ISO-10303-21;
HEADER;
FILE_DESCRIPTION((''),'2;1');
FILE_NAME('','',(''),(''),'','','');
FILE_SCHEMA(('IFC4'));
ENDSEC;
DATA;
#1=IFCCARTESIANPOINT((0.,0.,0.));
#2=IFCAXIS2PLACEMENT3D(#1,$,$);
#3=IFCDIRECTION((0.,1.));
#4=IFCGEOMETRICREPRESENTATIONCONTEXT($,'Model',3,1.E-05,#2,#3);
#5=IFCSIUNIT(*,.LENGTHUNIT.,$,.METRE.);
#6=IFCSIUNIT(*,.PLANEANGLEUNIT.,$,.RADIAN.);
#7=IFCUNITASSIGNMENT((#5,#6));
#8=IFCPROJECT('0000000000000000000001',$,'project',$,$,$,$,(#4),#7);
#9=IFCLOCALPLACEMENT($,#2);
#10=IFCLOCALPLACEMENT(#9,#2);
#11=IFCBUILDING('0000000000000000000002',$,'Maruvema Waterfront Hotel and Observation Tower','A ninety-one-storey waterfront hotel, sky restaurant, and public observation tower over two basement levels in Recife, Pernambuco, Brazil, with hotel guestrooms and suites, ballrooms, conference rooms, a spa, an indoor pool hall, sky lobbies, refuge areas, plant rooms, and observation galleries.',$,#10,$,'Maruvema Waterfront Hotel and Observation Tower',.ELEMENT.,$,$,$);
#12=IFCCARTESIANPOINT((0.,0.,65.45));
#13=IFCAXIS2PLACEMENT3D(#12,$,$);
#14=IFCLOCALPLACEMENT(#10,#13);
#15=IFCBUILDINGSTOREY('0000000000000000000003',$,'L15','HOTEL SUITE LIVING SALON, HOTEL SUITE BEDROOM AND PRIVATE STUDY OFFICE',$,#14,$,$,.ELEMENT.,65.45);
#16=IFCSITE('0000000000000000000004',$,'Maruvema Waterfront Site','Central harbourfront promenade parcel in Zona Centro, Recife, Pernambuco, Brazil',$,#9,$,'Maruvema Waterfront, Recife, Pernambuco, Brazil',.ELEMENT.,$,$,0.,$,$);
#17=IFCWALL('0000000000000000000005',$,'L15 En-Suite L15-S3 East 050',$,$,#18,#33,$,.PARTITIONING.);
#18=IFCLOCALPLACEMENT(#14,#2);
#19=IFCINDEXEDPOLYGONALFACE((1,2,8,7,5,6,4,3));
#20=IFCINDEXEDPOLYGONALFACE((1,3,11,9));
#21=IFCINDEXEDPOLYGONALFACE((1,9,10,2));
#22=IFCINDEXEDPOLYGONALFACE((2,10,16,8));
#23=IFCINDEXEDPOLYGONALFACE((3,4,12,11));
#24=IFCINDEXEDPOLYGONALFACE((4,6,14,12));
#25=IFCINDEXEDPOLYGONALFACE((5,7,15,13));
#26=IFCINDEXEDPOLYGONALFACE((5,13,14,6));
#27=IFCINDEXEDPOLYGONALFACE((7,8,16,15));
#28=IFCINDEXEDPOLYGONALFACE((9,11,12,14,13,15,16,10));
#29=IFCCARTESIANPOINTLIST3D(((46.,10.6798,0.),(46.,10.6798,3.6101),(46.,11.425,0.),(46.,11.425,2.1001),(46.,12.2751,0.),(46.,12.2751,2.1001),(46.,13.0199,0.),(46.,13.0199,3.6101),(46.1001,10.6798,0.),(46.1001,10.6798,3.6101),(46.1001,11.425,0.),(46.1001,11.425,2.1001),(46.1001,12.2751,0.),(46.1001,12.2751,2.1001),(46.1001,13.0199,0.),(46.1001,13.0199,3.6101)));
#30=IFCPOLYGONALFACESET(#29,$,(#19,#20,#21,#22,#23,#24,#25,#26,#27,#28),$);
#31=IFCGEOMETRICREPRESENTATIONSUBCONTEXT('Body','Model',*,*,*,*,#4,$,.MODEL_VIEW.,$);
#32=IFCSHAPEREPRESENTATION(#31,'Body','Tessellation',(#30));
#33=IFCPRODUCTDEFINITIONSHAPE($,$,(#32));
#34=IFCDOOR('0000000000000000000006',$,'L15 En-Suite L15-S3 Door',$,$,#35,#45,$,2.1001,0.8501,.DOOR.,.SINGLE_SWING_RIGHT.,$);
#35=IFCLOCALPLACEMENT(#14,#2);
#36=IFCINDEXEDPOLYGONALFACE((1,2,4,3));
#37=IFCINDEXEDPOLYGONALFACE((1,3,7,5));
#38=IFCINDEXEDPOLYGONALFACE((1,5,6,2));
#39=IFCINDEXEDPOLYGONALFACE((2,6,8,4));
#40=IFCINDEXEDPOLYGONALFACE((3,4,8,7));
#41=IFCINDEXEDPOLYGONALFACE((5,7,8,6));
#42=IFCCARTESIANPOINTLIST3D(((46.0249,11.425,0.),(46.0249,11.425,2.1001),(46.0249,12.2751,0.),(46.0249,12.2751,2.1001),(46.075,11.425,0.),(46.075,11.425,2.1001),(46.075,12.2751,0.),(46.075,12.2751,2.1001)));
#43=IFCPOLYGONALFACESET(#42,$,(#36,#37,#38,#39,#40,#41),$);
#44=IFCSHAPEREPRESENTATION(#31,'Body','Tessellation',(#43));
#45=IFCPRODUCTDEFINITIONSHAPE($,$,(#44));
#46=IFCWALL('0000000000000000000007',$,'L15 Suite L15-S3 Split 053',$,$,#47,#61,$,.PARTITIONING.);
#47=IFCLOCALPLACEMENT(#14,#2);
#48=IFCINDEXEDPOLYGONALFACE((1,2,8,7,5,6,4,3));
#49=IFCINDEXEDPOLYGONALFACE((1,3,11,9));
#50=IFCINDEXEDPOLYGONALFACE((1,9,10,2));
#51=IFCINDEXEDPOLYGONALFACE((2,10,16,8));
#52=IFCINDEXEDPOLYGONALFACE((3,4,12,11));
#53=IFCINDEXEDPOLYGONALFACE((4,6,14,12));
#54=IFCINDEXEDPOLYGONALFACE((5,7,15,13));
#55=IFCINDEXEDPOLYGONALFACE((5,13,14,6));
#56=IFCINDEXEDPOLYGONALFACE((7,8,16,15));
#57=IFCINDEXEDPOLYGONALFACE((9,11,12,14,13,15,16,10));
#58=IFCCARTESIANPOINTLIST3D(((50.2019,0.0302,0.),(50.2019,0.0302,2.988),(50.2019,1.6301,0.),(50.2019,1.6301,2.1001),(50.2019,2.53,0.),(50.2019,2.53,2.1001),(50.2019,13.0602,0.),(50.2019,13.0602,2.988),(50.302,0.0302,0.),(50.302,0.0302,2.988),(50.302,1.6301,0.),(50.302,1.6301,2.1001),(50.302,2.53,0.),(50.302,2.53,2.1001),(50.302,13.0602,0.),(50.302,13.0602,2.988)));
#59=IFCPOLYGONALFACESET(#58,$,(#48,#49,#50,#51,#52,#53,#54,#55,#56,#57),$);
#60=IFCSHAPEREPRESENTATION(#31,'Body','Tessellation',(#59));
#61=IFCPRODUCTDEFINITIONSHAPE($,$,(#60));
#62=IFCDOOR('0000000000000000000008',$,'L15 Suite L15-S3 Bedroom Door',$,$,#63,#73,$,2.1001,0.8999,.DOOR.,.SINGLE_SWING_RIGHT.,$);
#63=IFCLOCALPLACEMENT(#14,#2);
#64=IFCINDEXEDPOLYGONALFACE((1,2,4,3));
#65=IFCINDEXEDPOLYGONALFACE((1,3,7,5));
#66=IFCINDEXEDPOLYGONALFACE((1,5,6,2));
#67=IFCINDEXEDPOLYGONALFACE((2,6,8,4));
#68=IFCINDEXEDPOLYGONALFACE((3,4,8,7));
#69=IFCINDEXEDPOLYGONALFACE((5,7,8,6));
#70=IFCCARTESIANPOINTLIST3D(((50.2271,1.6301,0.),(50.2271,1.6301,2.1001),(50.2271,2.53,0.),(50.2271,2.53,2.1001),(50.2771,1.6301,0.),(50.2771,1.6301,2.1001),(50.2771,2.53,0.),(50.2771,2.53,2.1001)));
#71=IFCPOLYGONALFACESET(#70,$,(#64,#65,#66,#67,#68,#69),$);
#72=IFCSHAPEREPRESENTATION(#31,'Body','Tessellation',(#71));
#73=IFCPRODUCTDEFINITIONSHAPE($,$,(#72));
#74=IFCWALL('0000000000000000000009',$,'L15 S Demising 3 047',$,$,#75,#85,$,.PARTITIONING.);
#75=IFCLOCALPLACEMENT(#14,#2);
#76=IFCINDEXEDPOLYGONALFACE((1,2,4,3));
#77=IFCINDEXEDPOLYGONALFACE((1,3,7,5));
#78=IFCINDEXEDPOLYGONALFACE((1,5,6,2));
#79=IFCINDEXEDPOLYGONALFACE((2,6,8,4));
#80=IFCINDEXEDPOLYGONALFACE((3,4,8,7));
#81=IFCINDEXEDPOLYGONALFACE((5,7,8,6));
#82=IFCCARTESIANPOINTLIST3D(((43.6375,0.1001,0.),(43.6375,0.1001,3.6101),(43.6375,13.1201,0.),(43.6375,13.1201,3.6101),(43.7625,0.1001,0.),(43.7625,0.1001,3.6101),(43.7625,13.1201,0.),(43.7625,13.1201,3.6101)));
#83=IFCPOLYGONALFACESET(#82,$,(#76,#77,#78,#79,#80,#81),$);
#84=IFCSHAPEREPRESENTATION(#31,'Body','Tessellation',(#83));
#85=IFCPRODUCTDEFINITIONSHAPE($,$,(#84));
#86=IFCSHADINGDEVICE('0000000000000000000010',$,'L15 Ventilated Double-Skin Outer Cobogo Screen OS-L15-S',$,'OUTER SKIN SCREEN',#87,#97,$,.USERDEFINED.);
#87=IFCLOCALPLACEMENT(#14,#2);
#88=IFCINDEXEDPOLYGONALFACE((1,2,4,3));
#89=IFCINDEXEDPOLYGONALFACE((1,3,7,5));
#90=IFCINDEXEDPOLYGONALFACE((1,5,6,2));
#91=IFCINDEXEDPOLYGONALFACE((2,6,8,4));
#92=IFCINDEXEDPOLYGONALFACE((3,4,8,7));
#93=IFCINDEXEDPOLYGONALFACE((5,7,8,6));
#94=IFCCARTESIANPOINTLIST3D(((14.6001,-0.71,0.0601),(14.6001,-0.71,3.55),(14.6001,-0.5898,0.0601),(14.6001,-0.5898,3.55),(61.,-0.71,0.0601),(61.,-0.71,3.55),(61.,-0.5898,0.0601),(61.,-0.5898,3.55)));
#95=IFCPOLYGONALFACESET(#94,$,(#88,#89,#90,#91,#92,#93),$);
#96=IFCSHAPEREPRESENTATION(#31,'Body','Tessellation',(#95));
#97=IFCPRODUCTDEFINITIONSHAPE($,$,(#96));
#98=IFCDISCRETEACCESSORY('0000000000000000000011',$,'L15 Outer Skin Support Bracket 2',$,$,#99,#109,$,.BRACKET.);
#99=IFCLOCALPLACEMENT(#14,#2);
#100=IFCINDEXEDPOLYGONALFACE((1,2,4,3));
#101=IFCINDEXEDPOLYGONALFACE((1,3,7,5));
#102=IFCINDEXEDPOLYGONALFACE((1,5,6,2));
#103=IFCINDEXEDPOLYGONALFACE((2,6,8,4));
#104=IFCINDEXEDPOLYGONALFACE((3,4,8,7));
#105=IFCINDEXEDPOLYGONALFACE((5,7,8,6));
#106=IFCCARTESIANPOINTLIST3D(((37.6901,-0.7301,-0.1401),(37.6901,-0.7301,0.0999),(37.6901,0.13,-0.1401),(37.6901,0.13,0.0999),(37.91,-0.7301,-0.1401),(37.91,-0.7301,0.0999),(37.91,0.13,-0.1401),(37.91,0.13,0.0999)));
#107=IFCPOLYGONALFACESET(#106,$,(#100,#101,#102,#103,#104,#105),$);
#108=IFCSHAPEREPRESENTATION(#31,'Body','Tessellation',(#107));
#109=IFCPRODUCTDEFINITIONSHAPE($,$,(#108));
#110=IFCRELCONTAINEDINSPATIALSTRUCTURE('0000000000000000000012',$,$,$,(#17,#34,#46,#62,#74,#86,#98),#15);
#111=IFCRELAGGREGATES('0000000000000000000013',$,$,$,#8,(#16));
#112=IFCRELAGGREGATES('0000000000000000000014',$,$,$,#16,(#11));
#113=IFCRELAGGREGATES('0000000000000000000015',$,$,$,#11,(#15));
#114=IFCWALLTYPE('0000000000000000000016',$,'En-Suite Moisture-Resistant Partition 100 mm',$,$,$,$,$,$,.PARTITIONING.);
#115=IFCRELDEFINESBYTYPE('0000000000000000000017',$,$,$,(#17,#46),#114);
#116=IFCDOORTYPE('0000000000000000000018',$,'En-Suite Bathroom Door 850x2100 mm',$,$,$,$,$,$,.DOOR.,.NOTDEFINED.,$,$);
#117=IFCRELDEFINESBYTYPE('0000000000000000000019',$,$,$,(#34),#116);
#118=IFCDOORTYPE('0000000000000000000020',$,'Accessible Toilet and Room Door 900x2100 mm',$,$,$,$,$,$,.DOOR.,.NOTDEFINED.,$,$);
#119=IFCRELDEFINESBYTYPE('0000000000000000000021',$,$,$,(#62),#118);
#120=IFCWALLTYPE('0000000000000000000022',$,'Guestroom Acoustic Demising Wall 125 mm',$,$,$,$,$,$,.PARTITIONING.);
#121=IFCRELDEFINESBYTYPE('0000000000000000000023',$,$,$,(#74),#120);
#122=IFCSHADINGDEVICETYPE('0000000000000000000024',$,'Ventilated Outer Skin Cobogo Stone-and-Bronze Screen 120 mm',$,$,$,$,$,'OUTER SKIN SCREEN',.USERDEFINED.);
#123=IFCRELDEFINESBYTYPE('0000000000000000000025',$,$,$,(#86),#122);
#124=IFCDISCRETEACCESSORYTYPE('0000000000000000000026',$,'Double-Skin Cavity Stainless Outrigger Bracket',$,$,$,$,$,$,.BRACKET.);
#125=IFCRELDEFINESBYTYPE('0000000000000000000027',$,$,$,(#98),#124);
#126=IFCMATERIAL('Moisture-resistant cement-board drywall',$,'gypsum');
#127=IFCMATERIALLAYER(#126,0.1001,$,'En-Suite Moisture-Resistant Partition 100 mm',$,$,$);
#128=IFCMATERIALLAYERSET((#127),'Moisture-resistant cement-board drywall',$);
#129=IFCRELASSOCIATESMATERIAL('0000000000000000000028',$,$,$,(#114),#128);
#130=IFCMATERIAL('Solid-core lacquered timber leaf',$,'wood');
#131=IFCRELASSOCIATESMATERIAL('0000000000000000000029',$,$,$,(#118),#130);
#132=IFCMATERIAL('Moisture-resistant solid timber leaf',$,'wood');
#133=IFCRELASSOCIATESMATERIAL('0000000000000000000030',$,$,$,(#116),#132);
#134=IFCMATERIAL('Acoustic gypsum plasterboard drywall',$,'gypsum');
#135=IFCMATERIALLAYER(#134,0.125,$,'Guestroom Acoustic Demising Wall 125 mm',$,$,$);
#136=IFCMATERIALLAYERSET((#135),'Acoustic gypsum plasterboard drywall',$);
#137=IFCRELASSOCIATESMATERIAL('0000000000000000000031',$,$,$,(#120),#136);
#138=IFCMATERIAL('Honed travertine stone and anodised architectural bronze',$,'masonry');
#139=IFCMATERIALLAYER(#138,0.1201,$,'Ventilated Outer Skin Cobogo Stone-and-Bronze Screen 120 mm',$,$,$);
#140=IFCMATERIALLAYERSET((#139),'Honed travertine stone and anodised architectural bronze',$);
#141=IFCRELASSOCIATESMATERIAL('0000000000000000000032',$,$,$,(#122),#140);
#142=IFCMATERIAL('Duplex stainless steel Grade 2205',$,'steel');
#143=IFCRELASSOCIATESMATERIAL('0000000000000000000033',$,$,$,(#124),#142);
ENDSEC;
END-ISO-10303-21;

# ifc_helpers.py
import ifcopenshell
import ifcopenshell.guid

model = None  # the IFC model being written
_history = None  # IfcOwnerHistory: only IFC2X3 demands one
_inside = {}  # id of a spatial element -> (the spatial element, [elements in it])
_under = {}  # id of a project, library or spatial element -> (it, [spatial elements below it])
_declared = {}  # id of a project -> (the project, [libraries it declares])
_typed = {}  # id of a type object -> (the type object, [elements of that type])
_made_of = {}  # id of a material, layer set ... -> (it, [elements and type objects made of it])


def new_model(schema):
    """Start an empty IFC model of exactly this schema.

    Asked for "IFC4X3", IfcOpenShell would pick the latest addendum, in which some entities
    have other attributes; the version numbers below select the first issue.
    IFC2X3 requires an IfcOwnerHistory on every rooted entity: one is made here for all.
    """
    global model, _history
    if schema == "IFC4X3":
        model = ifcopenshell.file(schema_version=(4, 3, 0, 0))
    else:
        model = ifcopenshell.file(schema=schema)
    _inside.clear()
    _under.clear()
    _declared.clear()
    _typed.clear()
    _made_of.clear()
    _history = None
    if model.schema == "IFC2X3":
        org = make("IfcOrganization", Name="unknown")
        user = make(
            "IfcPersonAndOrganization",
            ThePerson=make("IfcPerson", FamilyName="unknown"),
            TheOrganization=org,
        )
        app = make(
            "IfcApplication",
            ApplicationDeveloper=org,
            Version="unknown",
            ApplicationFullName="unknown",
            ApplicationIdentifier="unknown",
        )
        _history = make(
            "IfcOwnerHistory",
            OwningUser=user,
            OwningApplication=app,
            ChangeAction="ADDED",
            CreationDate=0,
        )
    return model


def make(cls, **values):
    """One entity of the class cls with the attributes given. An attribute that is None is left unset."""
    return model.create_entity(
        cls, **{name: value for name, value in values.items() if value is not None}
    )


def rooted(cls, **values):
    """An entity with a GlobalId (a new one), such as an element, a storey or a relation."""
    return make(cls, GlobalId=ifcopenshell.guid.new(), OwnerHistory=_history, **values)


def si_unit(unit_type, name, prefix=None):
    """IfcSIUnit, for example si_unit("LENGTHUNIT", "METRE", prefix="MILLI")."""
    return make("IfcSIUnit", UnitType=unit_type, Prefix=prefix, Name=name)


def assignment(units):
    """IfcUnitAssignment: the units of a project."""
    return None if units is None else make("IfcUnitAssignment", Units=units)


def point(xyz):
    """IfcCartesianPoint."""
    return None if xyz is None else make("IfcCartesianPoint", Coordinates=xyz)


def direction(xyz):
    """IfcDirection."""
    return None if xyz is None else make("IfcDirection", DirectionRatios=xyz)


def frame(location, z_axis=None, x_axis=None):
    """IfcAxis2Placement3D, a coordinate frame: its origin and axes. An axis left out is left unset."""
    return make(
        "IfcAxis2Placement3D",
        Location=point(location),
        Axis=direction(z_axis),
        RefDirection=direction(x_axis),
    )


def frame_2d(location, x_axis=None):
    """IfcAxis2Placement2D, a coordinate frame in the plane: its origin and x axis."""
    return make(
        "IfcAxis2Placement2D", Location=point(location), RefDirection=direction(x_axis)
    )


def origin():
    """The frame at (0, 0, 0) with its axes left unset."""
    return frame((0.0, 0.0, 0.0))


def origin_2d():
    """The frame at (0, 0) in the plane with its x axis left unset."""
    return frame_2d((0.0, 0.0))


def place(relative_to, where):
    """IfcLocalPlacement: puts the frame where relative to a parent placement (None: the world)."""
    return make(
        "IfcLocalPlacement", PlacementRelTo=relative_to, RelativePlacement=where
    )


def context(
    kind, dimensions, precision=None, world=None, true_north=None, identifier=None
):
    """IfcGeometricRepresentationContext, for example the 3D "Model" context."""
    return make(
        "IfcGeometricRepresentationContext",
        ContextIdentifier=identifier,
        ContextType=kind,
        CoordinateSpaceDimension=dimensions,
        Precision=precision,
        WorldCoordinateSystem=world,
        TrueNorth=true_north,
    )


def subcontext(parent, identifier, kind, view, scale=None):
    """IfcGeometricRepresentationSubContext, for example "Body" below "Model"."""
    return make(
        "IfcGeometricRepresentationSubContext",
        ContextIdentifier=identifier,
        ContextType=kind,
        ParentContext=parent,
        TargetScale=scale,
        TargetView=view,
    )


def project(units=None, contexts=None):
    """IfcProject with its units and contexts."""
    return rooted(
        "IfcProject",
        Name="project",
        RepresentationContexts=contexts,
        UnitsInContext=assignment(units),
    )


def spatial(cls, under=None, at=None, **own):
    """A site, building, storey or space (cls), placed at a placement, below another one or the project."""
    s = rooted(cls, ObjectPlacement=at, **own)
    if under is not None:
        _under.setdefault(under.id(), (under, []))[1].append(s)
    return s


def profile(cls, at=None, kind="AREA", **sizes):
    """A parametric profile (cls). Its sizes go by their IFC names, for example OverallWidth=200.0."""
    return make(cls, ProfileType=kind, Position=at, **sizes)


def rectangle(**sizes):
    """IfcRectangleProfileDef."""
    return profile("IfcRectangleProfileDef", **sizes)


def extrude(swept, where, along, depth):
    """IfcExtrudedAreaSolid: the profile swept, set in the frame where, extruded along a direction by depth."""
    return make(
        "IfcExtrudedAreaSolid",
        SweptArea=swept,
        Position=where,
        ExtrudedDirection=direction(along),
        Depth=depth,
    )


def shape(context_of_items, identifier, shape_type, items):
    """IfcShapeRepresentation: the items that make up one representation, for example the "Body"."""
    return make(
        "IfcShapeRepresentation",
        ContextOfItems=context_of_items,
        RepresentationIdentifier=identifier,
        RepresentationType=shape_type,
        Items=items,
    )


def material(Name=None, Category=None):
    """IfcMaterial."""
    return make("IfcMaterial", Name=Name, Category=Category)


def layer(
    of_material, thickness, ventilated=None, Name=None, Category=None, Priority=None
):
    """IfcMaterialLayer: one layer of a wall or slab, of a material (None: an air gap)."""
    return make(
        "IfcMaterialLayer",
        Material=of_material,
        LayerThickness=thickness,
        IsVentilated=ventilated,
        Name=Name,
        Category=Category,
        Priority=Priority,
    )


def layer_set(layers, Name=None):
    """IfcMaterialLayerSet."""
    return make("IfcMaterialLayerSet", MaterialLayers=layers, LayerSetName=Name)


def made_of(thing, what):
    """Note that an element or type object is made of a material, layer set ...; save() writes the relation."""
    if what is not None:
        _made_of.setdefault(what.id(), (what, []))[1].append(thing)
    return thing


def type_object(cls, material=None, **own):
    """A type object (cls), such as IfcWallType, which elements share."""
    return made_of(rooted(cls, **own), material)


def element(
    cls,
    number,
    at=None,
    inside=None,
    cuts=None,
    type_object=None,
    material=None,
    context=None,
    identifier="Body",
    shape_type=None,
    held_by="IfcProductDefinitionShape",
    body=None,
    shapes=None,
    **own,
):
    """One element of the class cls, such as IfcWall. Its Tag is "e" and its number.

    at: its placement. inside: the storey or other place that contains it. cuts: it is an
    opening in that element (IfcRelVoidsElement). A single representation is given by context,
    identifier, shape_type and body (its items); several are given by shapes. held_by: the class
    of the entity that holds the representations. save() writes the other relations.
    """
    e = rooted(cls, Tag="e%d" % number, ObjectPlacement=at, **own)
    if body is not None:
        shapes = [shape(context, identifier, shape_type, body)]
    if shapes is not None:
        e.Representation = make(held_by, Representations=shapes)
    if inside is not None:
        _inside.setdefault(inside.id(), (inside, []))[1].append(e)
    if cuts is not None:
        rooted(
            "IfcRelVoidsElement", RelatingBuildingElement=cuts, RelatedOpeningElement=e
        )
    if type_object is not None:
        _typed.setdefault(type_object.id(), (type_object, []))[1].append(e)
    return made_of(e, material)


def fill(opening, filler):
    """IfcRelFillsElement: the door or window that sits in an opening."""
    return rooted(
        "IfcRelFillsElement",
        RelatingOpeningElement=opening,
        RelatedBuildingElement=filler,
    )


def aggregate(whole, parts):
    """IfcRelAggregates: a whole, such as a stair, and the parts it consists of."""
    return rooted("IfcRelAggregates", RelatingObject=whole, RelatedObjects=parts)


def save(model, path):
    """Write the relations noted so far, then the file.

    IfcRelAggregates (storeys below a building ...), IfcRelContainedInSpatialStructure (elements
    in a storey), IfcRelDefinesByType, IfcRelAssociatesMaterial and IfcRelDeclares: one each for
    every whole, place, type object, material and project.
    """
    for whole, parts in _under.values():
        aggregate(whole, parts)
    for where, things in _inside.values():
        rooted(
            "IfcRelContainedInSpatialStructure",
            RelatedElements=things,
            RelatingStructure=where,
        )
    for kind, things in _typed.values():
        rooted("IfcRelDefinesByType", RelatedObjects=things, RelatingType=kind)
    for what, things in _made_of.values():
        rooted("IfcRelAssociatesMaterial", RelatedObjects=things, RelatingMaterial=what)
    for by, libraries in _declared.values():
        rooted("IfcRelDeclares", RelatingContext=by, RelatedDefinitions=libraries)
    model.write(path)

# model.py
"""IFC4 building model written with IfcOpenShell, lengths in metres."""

from ifc_helpers import new_model, si_unit, direction, frame, frame_2d, origin, origin_2d, place, context, subcontext, project, spatial, rectangle, extrude, material, layer, layer_set, type_object, element, fill, save


model = new_model("IFC4")

# Units and contexts
model_context = context("Model", 3, precision=1e-05, world=origin(), true_north=direction((0.0, 1.0)))
body_context = subcontext(model_context, "Body", "Model", "MODEL_VIEW")
ifc_project = project(units=[si_unit("LENGTHUNIT", "METRE"), si_unit("PLANEANGLEUNIT", "RADIAN")], contexts=[model_context])

# Site, building, storey
site_placement = place(None, origin())
site = spatial("IfcSite", under=ifc_project, at=site_placement, Name="Maruvema Waterfront Site", Description="Central harbourfront promenade parcel in Zona Centro, Recife, Pernambuco, Brazil", LongName="Maruvema Waterfront, Recife, Pernambuco, Brazil", CompositionType="ELEMENT", RefElevation=0.0)
building_placement = place(site_placement, origin())
building = spatial("IfcBuilding", under=site, at=building_placement, Name="Maruvema Waterfront Hotel and Observation Tower", Description="A ninety-one-storey waterfront hotel, sky restaurant, and public observation tower over two basement levels in Recife, Pernambuco, Brazil, with hotel guestrooms and suites, ballrooms, conference rooms, a spa, an indoor pool hall, sky lobbies, refuge areas, plant rooms, and observation galleries.", LongName="Maruvema Waterfront Hotel and Observation Tower", CompositionType="ELEMENT")
storey_placement = place(building_placement, frame((0.0, 0.0, 65.45)))
storey = spatial("IfcBuildingStorey", under=building, at=storey_placement, Name="L15", Description="HOTEL SUITE LIVING SALON, HOTEL SUITE BEDROOM AND PRIVATE STUDY OFFICE", CompositionType="ELEMENT", Elevation=65.45)

# Shared definitions
ifc_material_1 = material(Name="Moisture-resistant cement-board drywall", Category="gypsum")
ifc_layer_1 = layer(ifc_material_1, 0.1001, Name="En-Suite Moisture-Resistant Partition 100 mm")
ifc_layer_set_1 = layer_set([ifc_layer_1], Name="Moisture-resistant cement-board drywall")
wall_type_1 = type_object("IfcWallType", Name="En-Suite Moisture-Resistant Partition 100 mm", PredefinedType="PARTITIONING", material=ifc_layer_set_1)
ifc_material_2 = material(Name="Solid-core lacquered timber leaf", Category="wood")
door_type_1 = type_object("IfcDoorType", Name="Accessible Toilet and Room Door 900x2100 mm", OperationType="NOTDEFINED", PredefinedType="DOOR", material=ifc_material_2)

# Walls, openings, doors
wall_1_placement = place(storey_placement, frame((46.05, 10.6799, 0.0), z_axis=(0.0, 0.0, 1.0), x_axis=(0.0, 1.0, 0.0)))
wall_1 = element("IfcWall", 1, at=wall_1_placement, inside=storey, type_object=wall_type_1, Name="L15 En-Suite L15-S3 East 050", PredefinedType="PARTITIONING", context=body_context, shape_type="SweptSolid", body=[
    extrude(rectangle(XDim=2.3401, YDim=0.1001, at=frame_2d((1.1699, 0.0))), origin(), (0.0, 0.0, 1.0), 3.6101),
])
opening_1_placement = place(wall_1_placement, frame((0.7451, 0.0, 0.0)))
opening_1 = element("IfcOpeningElement", 2, at=opening_1_placement, cuts=wall_1, PredefinedType="OPENING", context=body_context, shape_type="SweptSolid", body=[
    extrude(rectangle(XDim=0.8501, YDim=2.1001, at=frame_2d((0.425, 1.05))), frame((0.0, 0.0601, 0.0), z_axis=(0.0, -1.0, 0.0), x_axis=(1.0, 0.0, 0.0)), (0.0, 0.0, 1.0), 0.1201),
])
ifc_material_3 = material(Name="Moisture-resistant solid timber leaf", Category="wood")
door_type_2 = type_object("IfcDoorType", Name="En-Suite Bathroom Door 850x2100 mm", OperationType="NOTDEFINED", PredefinedType="DOOR", material=ifc_material_3)
door_1_placement = place(opening_1_placement, frame((0.8501, 0.0, 0.0), z_axis=(0.0, 0.0, 1.0), x_axis=(-1.0, 0.0, 0.0)))
door_1 = element("IfcDoor", 3, at=door_1_placement, inside=storey, type_object=door_type_2, Name="L15 En-Suite L15-S3 Door", OperationType="SINGLE_SWING_RIGHT", OverallHeight=2.1001, OverallWidth=0.8501, PredefinedType="DOOR", context=body_context, shape_type="SweptSolid", body=[
    extrude(rectangle(XDim=0.8501, YDim=2.1001, at=frame_2d((0.425, 1.05))), frame((0.0, 0.0249, 0.0), z_axis=(0.0, -1.0, 0.0), x_axis=(1.0, 0.0, 0.0)), (0.0, 0.0, 1.0), 0.05),
])
fill(opening_1, door_1)
wall_2_placement = place(storey_placement, frame((50.252, 0.03, 0.0), z_axis=(0.0, 0.0, 1.0), x_axis=(0.0, 1.0, 0.0)))
wall_2 = element("IfcWall", 4, at=wall_2_placement, inside=storey, type_object=wall_type_1, Name="L15 Suite L15-S3 Split 053", PredefinedType="PARTITIONING", context=body_context, shape_type="SweptSolid", body=[
    extrude(rectangle(XDim=13.03, YDim=0.1001, at=frame_2d((6.5151, 0.0))), origin(), (0.0, 0.0, 1.0), 2.988),
])
opening_2_placement = place(wall_2_placement, frame((1.6001, 0.0, 0.0)))
opening_2 = element("IfcOpeningElement", 5, at=opening_2_placement, cuts=wall_2, PredefinedType="OPENING", context=body_context, shape_type="SweptSolid", body=[
    extrude(rectangle(XDim=0.8999, YDim=2.1001, at=frame_2d((0.45, 1.05))), frame((0.0, 0.0601, 0.0), z_axis=(0.0, -1.0, 0.0), x_axis=(1.0, 0.0, 0.0)), (0.0, 0.0, 1.0), 0.1201),
])
door_2_placement = place(opening_2_placement, origin())
door_2 = element("IfcDoor", 6, at=door_2_placement, inside=storey, type_object=door_type_1, Name="L15 Suite L15-S3 Bedroom Door", OperationType="SINGLE_SWING_RIGHT", OverallHeight=2.1001, OverallWidth=0.8999, PredefinedType="DOOR", context=body_context, shape_type="SweptSolid", body=[
    extrude(rectangle(XDim=0.8999, YDim=2.1001, at=frame_2d((0.45, 1.05))), frame((0.0, 0.0249, 0.0), z_axis=(0.0, -1.0, 0.0), x_axis=(1.0, 0.0, 0.0)), (0.0, 0.0, 1.0), 0.05),
])
fill(opening_2, door_2)

# Wall
ifc_material_4 = material(Name="Acoustic gypsum plasterboard drywall", Category="gypsum")
ifc_layer_2 = layer(ifc_material_4, 0.125, Name="Guestroom Acoustic Demising Wall 125 mm")
ifc_layer_set_2 = layer_set([ifc_layer_2], Name="Acoustic gypsum plasterboard drywall")
wall_type_2 = type_object("IfcWallType", Name="Guestroom Acoustic Demising Wall 125 mm", PredefinedType="PARTITIONING", material=ifc_layer_set_2)
wall_3_placement = place(storey_placement, frame((43.7, 0.1001, 0.0), z_axis=(0.0, 0.0, 1.0), x_axis=(0.0, 1.0, 0.0)))
element("IfcWall", 7, at=wall_3_placement, inside=storey, type_object=wall_type_2, Name="L15 S Demising 3 047", PredefinedType="PARTITIONING", context=body_context, shape_type="SweptSolid", body=[
    extrude(rectangle(XDim=13.02, YDim=0.125, at=frame_2d((6.51, 0.0))), origin(), (0.0, 0.0, 1.0), 3.6101),
])

# Shading device
ifc_material_5 = material(Name="Honed travertine stone and anodised architectural bronze", Category="masonry")
ifc_layer_3 = layer(ifc_material_5, 0.1201, Name="Ventilated Outer Skin Cobogo Stone-and-Bronze Screen 120 mm")
ifc_layer_set_3 = layer_set([ifc_layer_3], Name="Honed travertine stone and anodised architectural bronze")
shading_device_type = type_object("IfcShadingDeviceType", Name="Ventilated Outer Skin Cobogo Stone-and-Bronze Screen 120 mm", ElementType="OUTER SKIN SCREEN", PredefinedType="USERDEFINED", material=ifc_layer_set_3)
shading_device_placement = place(storey_placement, frame((37.8, -0.6499, 0.0601), z_axis=(0.0, 0.0, 1.0), x_axis=(1.0, 0.0, 0.0)))
element("IfcShadingDevice", 8, at=shading_device_placement, inside=storey, type_object=shading_device_type, Name="L15 Ventilated Double-Skin Outer Cobogo Screen OS-L15-S", ObjectType="OUTER SKIN SCREEN", PredefinedType="USERDEFINED", context=body_context, shape_type="SweptSolid", body=[
    extrude(rectangle(XDim=46.3999, YDim=0.1201, at=origin_2d()), origin(), (0.0, 0.0, 1.0), 3.49),
])

# Discrete accessory
ifc_material_6 = material(Name="Duplex stainless steel Grade 2205", Category="steel")
discrete_accessory_type = type_object("IfcDiscreteAccessoryType", Name="Double-Skin Cavity Stainless Outrigger Bracket", PredefinedType="BRACKET", material=ifc_material_6)
discrete_accessory_placement = place(storey_placement, frame((37.8, -0.3, -0.1401), z_axis=(0.0, 0.0, 1.0), x_axis=(1.0, 0.0, 0.0)))
element("IfcDiscreteAccessory", 9, at=discrete_accessory_placement, inside=storey, type_object=discrete_accessory_type, Name="L15 Outer Skin Support Bracket 2", PredefinedType="BRACKET", context=body_context, shape_type="SweptSolid", body=[
    extrude(rectangle(XDim=0.22, YDim=0.8601, at=origin_2d()), origin(), (0.0, 0.0, 1.0), 0.24),
])

save(model, "model.ifc")
